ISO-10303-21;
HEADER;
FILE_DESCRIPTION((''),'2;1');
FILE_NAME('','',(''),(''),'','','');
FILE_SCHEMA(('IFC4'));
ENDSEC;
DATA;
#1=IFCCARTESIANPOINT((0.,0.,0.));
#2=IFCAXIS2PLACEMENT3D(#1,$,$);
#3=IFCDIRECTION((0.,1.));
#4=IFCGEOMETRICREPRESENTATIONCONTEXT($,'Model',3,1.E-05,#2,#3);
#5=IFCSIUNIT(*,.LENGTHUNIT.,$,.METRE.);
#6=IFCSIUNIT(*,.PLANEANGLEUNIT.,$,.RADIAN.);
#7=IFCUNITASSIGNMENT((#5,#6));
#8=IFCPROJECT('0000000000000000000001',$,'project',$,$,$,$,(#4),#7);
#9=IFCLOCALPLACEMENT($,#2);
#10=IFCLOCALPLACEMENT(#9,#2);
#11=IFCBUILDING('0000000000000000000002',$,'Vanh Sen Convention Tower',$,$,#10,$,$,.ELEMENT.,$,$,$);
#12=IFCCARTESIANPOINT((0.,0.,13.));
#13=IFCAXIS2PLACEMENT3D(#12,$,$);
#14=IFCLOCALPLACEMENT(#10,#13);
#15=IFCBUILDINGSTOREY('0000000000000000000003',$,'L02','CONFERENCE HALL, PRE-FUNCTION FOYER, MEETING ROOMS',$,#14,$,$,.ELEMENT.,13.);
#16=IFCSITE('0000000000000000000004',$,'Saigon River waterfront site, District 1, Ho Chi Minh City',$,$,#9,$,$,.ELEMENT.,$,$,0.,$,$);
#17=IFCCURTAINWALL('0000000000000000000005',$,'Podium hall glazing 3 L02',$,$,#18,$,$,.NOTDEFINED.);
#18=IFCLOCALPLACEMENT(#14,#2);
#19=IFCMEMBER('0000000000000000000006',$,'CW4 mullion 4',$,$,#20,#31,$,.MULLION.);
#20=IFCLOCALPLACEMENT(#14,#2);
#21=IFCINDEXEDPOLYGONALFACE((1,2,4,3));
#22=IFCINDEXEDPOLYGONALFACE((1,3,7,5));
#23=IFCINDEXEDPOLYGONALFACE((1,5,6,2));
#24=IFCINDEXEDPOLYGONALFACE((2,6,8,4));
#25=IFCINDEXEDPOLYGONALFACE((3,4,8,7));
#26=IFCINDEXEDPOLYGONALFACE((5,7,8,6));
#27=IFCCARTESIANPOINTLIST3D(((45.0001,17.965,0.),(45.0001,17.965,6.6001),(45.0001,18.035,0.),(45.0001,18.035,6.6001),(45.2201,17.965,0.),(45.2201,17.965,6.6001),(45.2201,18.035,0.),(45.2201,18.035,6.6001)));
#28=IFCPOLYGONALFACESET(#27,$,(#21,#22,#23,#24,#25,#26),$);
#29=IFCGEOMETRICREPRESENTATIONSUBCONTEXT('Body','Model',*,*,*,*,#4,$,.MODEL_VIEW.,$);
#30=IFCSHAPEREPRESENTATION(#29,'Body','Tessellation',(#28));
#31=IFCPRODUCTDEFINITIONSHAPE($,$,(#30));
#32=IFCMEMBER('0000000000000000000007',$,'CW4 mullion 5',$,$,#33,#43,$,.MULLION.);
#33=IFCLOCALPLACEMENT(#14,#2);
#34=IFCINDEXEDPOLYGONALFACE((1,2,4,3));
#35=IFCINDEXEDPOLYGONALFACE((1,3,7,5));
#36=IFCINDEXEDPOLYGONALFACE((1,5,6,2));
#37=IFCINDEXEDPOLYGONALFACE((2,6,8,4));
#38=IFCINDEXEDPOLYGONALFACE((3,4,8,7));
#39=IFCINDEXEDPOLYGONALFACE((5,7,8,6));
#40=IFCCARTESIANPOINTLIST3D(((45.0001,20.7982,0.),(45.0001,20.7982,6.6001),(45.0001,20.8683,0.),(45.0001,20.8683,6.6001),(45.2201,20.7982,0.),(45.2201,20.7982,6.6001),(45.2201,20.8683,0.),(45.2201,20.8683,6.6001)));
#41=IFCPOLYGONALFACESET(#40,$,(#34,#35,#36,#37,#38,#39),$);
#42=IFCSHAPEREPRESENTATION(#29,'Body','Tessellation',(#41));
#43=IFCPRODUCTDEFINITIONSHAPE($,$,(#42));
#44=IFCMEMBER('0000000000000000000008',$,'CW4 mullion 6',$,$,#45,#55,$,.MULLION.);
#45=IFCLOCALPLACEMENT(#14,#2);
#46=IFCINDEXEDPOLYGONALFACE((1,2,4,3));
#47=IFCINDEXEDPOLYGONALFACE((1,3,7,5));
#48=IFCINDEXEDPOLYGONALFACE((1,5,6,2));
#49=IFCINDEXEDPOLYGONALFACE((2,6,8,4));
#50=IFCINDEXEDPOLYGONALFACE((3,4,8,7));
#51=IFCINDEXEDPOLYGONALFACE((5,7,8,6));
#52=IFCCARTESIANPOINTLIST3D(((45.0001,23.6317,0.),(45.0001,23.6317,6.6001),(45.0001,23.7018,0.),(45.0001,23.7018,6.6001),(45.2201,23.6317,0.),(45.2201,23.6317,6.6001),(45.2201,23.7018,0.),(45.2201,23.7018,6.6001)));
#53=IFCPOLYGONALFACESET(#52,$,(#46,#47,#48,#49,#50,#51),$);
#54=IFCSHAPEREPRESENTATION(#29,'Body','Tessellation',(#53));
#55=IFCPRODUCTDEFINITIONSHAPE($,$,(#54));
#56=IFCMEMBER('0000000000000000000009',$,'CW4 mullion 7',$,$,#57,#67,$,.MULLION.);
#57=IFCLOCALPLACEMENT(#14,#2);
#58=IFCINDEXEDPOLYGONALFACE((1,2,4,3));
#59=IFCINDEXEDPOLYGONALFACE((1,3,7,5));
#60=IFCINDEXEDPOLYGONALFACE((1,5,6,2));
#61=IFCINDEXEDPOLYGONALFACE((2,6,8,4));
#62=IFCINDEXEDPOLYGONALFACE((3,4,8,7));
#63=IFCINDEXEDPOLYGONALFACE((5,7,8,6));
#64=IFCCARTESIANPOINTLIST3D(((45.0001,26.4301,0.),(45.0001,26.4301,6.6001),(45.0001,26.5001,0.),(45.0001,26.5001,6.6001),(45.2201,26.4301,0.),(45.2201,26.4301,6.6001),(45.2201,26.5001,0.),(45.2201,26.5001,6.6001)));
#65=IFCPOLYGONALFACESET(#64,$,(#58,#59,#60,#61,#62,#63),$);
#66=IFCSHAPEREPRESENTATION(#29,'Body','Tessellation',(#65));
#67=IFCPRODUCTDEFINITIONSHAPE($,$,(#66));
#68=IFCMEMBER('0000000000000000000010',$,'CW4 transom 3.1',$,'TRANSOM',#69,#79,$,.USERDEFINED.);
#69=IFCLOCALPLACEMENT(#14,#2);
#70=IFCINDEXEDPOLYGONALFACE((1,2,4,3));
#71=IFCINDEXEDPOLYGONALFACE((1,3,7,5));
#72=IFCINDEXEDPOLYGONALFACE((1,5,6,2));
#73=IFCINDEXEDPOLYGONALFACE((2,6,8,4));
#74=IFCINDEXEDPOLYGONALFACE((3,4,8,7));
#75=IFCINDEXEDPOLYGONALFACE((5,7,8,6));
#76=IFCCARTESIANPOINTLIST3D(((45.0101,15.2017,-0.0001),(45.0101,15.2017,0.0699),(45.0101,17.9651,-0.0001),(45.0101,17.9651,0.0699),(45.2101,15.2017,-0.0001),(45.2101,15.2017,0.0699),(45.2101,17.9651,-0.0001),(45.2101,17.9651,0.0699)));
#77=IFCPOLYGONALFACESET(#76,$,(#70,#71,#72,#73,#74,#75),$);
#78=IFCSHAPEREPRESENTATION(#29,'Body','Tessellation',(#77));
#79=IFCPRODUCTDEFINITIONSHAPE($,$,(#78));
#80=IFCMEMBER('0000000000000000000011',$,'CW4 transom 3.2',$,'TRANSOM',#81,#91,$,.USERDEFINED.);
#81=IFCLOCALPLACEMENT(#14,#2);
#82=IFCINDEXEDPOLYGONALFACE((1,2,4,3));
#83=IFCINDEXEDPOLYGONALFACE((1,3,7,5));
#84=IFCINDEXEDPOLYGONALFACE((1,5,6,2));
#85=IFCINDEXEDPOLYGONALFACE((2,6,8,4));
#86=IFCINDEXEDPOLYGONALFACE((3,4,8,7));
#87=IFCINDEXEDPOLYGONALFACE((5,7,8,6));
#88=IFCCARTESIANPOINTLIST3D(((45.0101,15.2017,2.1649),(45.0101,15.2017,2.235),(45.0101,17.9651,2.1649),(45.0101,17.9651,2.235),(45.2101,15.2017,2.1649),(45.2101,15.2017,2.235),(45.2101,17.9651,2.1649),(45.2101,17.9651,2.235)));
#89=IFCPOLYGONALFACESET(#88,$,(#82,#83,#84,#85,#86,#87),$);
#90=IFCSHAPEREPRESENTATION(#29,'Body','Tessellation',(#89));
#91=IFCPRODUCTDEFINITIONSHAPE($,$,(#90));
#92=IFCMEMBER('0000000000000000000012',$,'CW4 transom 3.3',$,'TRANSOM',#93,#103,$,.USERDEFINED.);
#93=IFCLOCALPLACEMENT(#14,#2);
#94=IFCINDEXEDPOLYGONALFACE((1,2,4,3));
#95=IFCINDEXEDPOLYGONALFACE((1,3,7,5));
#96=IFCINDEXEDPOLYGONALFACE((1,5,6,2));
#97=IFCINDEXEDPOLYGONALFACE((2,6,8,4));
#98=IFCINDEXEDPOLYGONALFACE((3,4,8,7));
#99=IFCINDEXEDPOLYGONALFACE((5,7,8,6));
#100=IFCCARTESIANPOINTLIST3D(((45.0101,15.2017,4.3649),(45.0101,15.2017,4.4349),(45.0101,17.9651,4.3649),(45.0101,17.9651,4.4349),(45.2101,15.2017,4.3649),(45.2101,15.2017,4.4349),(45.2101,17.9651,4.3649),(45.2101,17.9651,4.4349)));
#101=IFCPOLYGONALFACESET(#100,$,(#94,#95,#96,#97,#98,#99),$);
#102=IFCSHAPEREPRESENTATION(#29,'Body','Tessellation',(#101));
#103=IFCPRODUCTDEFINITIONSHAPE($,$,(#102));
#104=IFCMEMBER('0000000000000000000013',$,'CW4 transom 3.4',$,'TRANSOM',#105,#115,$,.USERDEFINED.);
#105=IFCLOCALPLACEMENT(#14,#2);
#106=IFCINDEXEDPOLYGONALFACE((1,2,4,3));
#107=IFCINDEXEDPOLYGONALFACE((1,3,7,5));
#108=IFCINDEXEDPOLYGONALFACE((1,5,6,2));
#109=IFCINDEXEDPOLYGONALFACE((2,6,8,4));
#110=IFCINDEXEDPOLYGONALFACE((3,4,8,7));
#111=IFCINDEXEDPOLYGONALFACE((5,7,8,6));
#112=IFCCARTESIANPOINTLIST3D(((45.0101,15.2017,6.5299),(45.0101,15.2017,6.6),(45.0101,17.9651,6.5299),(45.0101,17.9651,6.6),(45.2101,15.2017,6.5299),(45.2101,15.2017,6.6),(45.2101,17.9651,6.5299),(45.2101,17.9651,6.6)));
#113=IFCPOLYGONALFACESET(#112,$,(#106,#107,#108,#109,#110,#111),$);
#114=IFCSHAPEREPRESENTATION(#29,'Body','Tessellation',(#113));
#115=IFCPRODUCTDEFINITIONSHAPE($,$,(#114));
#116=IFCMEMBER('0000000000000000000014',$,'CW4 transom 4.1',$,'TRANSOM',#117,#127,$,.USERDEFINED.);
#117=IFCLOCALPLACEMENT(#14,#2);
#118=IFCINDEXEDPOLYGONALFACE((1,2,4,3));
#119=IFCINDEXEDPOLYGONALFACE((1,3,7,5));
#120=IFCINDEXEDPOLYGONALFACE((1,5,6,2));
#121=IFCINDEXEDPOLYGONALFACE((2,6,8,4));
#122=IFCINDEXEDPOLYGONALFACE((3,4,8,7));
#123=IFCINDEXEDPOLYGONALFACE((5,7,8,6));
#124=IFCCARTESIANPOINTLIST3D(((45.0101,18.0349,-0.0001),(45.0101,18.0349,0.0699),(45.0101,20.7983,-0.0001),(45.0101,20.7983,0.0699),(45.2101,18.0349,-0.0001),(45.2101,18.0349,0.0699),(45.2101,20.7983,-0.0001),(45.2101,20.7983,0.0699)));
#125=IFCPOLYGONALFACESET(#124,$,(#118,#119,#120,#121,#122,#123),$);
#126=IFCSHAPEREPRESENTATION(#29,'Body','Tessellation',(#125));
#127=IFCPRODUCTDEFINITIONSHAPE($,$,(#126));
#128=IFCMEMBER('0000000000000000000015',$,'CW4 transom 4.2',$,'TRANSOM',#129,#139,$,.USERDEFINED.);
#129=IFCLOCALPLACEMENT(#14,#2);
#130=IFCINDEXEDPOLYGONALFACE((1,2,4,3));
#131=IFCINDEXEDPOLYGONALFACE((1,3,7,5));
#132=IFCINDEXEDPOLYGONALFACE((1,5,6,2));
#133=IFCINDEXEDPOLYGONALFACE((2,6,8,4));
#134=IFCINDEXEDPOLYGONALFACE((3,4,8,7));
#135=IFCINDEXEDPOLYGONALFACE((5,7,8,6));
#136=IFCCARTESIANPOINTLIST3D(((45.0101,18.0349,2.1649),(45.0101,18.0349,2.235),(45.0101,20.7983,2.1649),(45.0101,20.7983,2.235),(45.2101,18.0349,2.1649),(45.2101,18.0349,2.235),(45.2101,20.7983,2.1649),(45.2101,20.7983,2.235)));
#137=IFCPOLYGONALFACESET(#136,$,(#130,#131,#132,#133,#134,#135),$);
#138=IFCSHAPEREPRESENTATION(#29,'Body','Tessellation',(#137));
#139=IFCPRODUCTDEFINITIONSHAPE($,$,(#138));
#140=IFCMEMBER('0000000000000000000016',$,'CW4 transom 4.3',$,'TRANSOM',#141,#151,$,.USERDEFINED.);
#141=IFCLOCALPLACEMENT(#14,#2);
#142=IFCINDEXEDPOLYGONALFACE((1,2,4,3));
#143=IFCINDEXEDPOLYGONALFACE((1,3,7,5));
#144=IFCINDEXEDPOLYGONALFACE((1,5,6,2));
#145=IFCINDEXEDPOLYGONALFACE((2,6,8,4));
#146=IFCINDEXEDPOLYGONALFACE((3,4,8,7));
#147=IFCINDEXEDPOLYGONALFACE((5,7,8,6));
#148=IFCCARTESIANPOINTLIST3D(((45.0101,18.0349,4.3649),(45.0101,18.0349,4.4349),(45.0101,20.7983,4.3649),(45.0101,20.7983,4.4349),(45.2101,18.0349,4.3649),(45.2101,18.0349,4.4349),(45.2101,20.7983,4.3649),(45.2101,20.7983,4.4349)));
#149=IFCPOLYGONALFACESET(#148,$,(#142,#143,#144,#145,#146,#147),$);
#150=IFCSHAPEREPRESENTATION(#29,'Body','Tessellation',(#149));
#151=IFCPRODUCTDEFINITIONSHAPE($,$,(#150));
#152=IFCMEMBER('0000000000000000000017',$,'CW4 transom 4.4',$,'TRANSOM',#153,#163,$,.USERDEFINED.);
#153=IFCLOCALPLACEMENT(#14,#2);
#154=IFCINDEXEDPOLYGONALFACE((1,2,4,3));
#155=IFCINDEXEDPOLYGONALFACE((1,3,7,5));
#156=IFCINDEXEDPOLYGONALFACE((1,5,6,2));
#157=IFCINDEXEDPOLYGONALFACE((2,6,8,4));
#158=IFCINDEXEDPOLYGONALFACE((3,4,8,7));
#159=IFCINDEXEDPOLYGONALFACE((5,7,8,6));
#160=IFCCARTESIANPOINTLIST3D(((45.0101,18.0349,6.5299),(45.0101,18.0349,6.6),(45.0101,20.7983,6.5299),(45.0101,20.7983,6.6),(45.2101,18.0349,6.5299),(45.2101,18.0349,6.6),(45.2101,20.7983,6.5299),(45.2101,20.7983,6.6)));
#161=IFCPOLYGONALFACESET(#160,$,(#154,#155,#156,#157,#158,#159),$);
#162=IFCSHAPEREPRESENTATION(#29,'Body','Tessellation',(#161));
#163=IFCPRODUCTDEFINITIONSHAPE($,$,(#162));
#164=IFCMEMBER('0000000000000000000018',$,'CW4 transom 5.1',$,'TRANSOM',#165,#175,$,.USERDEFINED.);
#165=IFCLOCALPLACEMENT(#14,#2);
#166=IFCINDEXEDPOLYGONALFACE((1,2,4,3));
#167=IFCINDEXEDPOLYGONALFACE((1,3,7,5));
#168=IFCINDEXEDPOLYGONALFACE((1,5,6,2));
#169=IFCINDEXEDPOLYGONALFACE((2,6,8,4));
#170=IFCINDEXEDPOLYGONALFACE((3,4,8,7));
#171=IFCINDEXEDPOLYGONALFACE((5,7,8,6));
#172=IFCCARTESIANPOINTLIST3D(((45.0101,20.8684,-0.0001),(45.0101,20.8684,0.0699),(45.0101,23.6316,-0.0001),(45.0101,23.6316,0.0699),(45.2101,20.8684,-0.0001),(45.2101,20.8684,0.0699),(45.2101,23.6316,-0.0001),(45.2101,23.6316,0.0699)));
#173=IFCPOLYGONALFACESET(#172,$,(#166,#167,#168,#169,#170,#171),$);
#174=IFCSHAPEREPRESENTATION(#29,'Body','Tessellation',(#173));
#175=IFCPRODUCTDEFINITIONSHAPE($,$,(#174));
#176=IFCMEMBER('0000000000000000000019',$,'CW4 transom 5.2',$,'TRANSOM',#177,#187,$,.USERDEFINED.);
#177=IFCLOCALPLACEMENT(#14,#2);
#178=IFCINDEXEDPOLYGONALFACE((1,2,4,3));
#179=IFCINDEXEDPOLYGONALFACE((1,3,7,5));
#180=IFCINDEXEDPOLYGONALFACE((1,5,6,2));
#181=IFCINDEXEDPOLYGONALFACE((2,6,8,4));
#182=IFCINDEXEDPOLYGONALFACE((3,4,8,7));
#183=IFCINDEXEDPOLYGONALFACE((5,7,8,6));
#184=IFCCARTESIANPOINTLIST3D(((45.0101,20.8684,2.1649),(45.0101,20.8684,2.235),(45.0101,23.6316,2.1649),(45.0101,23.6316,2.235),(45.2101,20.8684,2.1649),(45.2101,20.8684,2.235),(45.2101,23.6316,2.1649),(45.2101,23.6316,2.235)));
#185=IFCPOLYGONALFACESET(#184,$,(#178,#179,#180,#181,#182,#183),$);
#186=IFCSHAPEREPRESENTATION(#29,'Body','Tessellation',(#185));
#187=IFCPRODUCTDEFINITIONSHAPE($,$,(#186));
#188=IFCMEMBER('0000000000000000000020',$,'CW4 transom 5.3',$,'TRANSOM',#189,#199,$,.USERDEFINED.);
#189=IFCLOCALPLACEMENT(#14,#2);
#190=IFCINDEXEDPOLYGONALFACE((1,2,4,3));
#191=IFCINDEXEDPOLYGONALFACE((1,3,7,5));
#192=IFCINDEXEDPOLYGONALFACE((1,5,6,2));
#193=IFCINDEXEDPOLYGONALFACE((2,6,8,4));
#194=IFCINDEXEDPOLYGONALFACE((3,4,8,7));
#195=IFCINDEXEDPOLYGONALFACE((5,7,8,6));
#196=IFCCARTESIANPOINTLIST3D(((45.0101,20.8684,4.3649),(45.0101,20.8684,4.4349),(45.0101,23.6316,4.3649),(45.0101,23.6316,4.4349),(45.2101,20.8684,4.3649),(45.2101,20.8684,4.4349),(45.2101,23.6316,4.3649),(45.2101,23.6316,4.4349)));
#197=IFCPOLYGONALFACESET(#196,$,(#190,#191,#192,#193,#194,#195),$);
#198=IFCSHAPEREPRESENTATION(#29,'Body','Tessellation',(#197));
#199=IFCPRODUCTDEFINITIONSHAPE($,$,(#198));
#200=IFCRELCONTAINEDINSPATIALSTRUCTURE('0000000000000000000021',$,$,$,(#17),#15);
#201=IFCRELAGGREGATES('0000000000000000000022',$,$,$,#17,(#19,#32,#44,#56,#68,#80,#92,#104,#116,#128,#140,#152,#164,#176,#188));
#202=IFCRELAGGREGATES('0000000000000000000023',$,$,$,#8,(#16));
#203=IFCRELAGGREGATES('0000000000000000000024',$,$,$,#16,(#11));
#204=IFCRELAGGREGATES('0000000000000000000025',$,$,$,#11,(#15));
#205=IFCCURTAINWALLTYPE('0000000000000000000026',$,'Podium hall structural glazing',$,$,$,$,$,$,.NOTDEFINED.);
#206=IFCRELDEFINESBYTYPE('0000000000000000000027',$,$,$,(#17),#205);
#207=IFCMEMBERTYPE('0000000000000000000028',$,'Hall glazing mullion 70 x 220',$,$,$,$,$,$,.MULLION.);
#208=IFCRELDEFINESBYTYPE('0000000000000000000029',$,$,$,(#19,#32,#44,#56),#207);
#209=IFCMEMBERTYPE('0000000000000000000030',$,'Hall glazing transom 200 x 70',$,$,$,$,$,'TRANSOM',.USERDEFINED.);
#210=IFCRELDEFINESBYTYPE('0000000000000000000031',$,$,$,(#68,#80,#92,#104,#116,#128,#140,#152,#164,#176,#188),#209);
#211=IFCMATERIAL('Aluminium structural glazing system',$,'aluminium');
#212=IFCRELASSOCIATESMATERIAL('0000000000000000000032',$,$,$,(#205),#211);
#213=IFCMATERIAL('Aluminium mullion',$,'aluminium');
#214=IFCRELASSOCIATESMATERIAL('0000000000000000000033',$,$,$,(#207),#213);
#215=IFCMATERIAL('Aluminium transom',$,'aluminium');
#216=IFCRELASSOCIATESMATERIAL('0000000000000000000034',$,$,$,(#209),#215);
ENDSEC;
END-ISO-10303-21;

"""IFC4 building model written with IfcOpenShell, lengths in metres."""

from ifc_helpers import new_model, si_unit, direction, frame, origin, origin_2d, place, context, subcontext, project, spatial, rectangle, extrude, material, material_profile, profile_set, type_object, element, aggregate, save


model = new_model("IFC4")

# Units and contexts
model_context = context("Model", 3, precision=1e-05, world=origin(), true_north=direction((0.0, 1.0)))
body_context = subcontext(model_context, "Body", "Model", "MODEL_VIEW")
ifc_project = project(units=[si_unit("LENGTHUNIT", "METRE"), si_unit("PLANEANGLEUNIT", "RADIAN")], contexts=[model_context])

# Site, building, storey
site_placement = place(None, origin())
site = spatial("IfcSite", under=ifc_project, at=site_placement, Name="Saigon River waterfront site, District 1, Ho Chi Minh City", CompositionType="ELEMENT", RefElevation=0.0)
building_placement = place(site_placement, origin())
building = spatial("IfcBuilding", under=site, at=building_placement, Name="Vanh Sen Convention Tower", CompositionType="ELEMENT")
storey_placement = place(building_placement, frame((0.0, 0.0, 13.0)))
storey = spatial("IfcBuildingStorey", under=building, at=storey_placement, Name="L02", Description="CONFERENCE HALL, PRE-FUNCTION FOYER, MEETING ROOMS", CompositionType="ELEMENT", Elevation=13.0)

# Curtain wall, members
ifc_material_1 = material(Name="Aluminium structural glazing system", Category="aluminium")
curtain_wall_type = type_object("IfcCurtainWallType", Name="Podium hall structural glazing", PredefinedType="NOTDEFINED", material=ifc_material_1)
curtain_wall_placement = place(storey_placement, origin())
curtain_wall = element("IfcCurtainWall", 1, at=curtain_wall_placement, inside=storey, type_object=curtain_wall_type, Name="Podium hall glazing 3 L02", PredefinedType="NOTDEFINED")
ifc_material_2 = material(Name="Aluminium mullion", Category="aluminium")
ifc_material_profile_1 = material_profile(ifc_material_2, rectangle(XDim=0.22, YDim=0.0701, at=origin_2d()), Name="Hall glazing mullion 70 x 220")
ifc_profile_set_1 = profile_set([ifc_material_profile_1], Name="Aluminium mullion")
member_type_1 = type_object("IfcMemberType", Name="Hall glazing mullion 70 x 220", PredefinedType="MULLION", material=ifc_profile_set_1)
member_1_placement = place(storey_placement, frame((45.1101, 18.0, 0.0), z_axis=(0.0, 0.0, 1.0), x_axis=(-1.0, 0.0, 0.0)))
member_1 = element("IfcMember", 2, at=member_1_placement, type_object=member_type_1, Name="CW4 mullion 4", PredefinedType="MULLION", context=body_context, shape_type="SweptSolid", body=[
    extrude(rectangle(XDim=0.22, YDim=0.0701, at=origin_2d()), origin(), (0.0, 0.0, 1.0), 6.6001),
])
member_2_placement = place(storey_placement, frame((45.1101, 20.8333, 0.0), z_axis=(0.0, 0.0, 1.0), x_axis=(-1.0, 0.0, 0.0)))
member_2 = element("IfcMember", 3, at=member_2_placement, type_object=member_type_1, Name="CW4 mullion 5", PredefinedType="MULLION", context=body_context, shape_type="SweptSolid", body=[
    extrude(rectangle(XDim=0.22, YDim=0.0701, at=origin_2d()), origin(), (0.0, 0.0, 1.0), 6.6001),
])
member_3_placement = place(storey_placement, frame((45.1101, 23.6667, 0.0), z_axis=(0.0, 0.0, 1.0), x_axis=(-1.0, 0.0, 0.0)))
member_3 = element("IfcMember", 4, at=member_3_placement, type_object=member_type_1, Name="CW4 mullion 6", PredefinedType="MULLION", context=body_context, shape_type="SweptSolid", body=[
    extrude(rectangle(XDim=0.22, YDim=0.0701, at=origin_2d()), origin(), (0.0, 0.0, 1.0), 6.6001),
])
member_4_placement = place(storey_placement, frame((45.1101, 26.4651, 0.0), z_axis=(0.0, 0.0, 1.0), x_axis=(-1.0, 0.0, 0.0)))
member_4 = element("IfcMember", 5, at=member_4_placement, type_object=member_type_1, Name="CW4 mullion 7", PredefinedType="MULLION", context=body_context, shape_type="SweptSolid", body=[
    extrude(rectangle(XDim=0.22, YDim=0.0701, at=origin_2d()), origin(), (0.0, 0.0, 1.0), 6.6001),
])
ifc_material_3 = material(Name="Aluminium transom", Category="aluminium")
ifc_material_profile_2 = material_profile(ifc_material_3, rectangle(XDim=0.2, YDim=0.0701, at=origin_2d()), Name="Hall glazing transom 200 x 70")
ifc_profile_set_2 = profile_set([ifc_material_profile_2], Name="Aluminium transom")
member_type_2 = type_object("IfcMemberType", Name="Hall glazing transom 200 x 70", ElementType="TRANSOM", PredefinedType="USERDEFINED", material=ifc_profile_set_2)
member_5_placement = place(storey_placement, frame((45.1101, 15.2017, 0.0349), z_axis=(0.0, 1.0, 0.0), x_axis=(-1.0, 0.0, 0.0)))
member_5 = element("IfcMember", 6, at=member_5_placement, type_object=member_type_2, Name="CW4 transom 3.1", ObjectType="TRANSOM", PredefinedType="USERDEFINED", context=body_context, shape_type="SweptSolid", body=[
    extrude(rectangle(XDim=0.2, YDim=0.0701, at=origin_2d()), origin(), (0.0, 0.0, 1.0), 2.7634),
])
member_6_placement = place(storey_placement, frame((45.1101, 15.2017, 2.2), z_axis=(0.0, 1.0, 0.0), x_axis=(-1.0, 0.0, 0.0)))
member_6 = element("IfcMember", 7, at=member_6_placement, type_object=member_type_2, Name="CW4 transom 3.2", ObjectType="TRANSOM", PredefinedType="USERDEFINED", context=body_context, shape_type="SweptSolid", body=[
    extrude(rectangle(XDim=0.2, YDim=0.0701, at=origin_2d()), origin(), (0.0, 0.0, 1.0), 2.7634),
])
member_7_placement = place(storey_placement, frame((45.1101, 15.2017, 4.3999), z_axis=(0.0, 1.0, 0.0), x_axis=(-1.0, 0.0, 0.0)))
member_7 = element("IfcMember", 8, at=member_7_placement, type_object=member_type_2, Name="CW4 transom 3.3", ObjectType="TRANSOM", PredefinedType="USERDEFINED", context=body_context, shape_type="SweptSolid", body=[
    extrude(rectangle(XDim=0.2, YDim=0.0701, at=origin_2d()), origin(), (0.0, 0.0, 1.0), 2.7634),
])
member_8_placement = place(storey_placement, frame((45.1101, 15.2017, 6.5649), z_axis=(0.0, 1.0, 0.0), x_axis=(-1.0, 0.0, 0.0)))
member_8 = element("IfcMember", 9, at=member_8_placement, type_object=member_type_2, Name="CW4 transom 3.4", ObjectType="TRANSOM", PredefinedType="USERDEFINED", context=body_context, shape_type="SweptSolid", body=[
    extrude(rectangle(XDim=0.2, YDim=0.0701, at=origin_2d()), origin(), (0.0, 0.0, 1.0), 2.7634),
])
member_9_placement = place(storey_placement, frame((45.1101, 18.0349, 0.0349), z_axis=(0.0, 1.0, 0.0), x_axis=(-1.0, 0.0, 0.0)))
member_9 = element("IfcMember", 10, at=member_9_placement, type_object=member_type_2, Name="CW4 transom 4.1", ObjectType="TRANSOM", PredefinedType="USERDEFINED", context=body_context, shape_type="SweptSolid", body=[
    extrude(rectangle(XDim=0.2, YDim=0.0701, at=origin_2d()), origin(), (0.0, 0.0, 1.0), 2.7634),
])
member_10_placement = place(storey_placement, frame((45.1101, 18.0349, 2.2), z_axis=(0.0, 1.0, 0.0), x_axis=(-1.0, 0.0, 0.0)))
member_10 = element("IfcMember", 11, at=member_10_placement, type_object=member_type_2, Name="CW4 transom 4.2", ObjectType="TRANSOM", PredefinedType="USERDEFINED", context=body_context, shape_type="SweptSolid", body=[
    extrude(rectangle(XDim=0.2, YDim=0.0701, at=origin_2d()), origin(), (0.0, 0.0, 1.0), 2.7634),
])
member_11_placement = place(storey_placement, frame((45.1101, 18.0349, 4.3999), z_axis=(0.0, 1.0, 0.0), x_axis=(-1.0, 0.0, 0.0)))
member_11 = element("IfcMember", 12, at=member_11_placement, type_object=member_type_2, Name="CW4 transom 4.3", ObjectType="TRANSOM", PredefinedType="USERDEFINED", context=body_context, shape_type="SweptSolid", body=[
    extrude(rectangle(XDim=0.2, YDim=0.0701, at=origin_2d()), origin(), (0.0, 0.0, 1.0), 2.7634),
])
member_12_placement = place(storey_placement, frame((45.1101, 18.0349, 6.5649), z_axis=(0.0, 1.0, 0.0), x_axis=(-1.0, 0.0, 0.0)))
member_12 = element("IfcMember", 13, at=member_12_placement, type_object=member_type_2, Name="CW4 transom 4.4", ObjectType="TRANSOM", PredefinedType="USERDEFINED", context=body_context, shape_type="SweptSolid", body=[
    extrude(rectangle(XDim=0.2, YDim=0.0701, at=origin_2d()), origin(), (0.0, 0.0, 1.0), 2.7634),
])
member_13_placement = place(storey_placement, frame((45.1101, 20.8684, 0.0349), z_axis=(0.0, 1.0, 0.0), x_axis=(-1.0, 0.0, 0.0)))
member_13 = element("IfcMember", 14, at=member_13_placement, type_object=member_type_2, Name="CW4 transom 5.1", ObjectType="TRANSOM", PredefinedType="USERDEFINED", context=body_context, shape_type="SweptSolid", body=[
    extrude(rectangle(XDim=0.2, YDim=0.0701, at=origin_2d()), origin(), (0.0, 0.0, 1.0), 2.7632),
])
member_14_placement = place(storey_placement, frame((45.1101, 20.8684, 2.2), z_axis=(0.0, 1.0, 0.0), x_axis=(-1.0, 0.0, 0.0)))
member_14 = element("IfcMember", 15, at=member_14_placement, type_object=member_type_2, Name="CW4 transom 5.2", ObjectType="TRANSOM", PredefinedType="USERDEFINED", context=body_context, shape_type="SweptSolid", body=[
    extrude(rectangle(XDim=0.2, YDim=0.0701, at=origin_2d()), origin(), (0.0, 0.0, 1.0), 2.7632),
])
member_15_placement = place(storey_placement, frame((45.1101, 20.8684, 4.3999), z_axis=(0.0, 1.0, 0.0), x_axis=(-1.0, 0.0, 0.0)))
member_15 = element("IfcMember", 16, at=member_15_placement, type_object=member_type_2, Name="CW4 transom 5.3", ObjectType="TRANSOM", PredefinedType="USERDEFINED", context=body_context, shape_type="SweptSolid", body=[
    extrude(rectangle(XDim=0.2, YDim=0.0701, at=origin_2d()), origin(), (0.0, 0.0, 1.0), 2.7632),
])
aggregate(curtain_wall, [member_1, member_2, member_3, member_4, member_5, member_6, member_7, member_8, member_9, member_10, member_11, member_12, member_13, member_14, member_15])

save(model, "model.ifc")
